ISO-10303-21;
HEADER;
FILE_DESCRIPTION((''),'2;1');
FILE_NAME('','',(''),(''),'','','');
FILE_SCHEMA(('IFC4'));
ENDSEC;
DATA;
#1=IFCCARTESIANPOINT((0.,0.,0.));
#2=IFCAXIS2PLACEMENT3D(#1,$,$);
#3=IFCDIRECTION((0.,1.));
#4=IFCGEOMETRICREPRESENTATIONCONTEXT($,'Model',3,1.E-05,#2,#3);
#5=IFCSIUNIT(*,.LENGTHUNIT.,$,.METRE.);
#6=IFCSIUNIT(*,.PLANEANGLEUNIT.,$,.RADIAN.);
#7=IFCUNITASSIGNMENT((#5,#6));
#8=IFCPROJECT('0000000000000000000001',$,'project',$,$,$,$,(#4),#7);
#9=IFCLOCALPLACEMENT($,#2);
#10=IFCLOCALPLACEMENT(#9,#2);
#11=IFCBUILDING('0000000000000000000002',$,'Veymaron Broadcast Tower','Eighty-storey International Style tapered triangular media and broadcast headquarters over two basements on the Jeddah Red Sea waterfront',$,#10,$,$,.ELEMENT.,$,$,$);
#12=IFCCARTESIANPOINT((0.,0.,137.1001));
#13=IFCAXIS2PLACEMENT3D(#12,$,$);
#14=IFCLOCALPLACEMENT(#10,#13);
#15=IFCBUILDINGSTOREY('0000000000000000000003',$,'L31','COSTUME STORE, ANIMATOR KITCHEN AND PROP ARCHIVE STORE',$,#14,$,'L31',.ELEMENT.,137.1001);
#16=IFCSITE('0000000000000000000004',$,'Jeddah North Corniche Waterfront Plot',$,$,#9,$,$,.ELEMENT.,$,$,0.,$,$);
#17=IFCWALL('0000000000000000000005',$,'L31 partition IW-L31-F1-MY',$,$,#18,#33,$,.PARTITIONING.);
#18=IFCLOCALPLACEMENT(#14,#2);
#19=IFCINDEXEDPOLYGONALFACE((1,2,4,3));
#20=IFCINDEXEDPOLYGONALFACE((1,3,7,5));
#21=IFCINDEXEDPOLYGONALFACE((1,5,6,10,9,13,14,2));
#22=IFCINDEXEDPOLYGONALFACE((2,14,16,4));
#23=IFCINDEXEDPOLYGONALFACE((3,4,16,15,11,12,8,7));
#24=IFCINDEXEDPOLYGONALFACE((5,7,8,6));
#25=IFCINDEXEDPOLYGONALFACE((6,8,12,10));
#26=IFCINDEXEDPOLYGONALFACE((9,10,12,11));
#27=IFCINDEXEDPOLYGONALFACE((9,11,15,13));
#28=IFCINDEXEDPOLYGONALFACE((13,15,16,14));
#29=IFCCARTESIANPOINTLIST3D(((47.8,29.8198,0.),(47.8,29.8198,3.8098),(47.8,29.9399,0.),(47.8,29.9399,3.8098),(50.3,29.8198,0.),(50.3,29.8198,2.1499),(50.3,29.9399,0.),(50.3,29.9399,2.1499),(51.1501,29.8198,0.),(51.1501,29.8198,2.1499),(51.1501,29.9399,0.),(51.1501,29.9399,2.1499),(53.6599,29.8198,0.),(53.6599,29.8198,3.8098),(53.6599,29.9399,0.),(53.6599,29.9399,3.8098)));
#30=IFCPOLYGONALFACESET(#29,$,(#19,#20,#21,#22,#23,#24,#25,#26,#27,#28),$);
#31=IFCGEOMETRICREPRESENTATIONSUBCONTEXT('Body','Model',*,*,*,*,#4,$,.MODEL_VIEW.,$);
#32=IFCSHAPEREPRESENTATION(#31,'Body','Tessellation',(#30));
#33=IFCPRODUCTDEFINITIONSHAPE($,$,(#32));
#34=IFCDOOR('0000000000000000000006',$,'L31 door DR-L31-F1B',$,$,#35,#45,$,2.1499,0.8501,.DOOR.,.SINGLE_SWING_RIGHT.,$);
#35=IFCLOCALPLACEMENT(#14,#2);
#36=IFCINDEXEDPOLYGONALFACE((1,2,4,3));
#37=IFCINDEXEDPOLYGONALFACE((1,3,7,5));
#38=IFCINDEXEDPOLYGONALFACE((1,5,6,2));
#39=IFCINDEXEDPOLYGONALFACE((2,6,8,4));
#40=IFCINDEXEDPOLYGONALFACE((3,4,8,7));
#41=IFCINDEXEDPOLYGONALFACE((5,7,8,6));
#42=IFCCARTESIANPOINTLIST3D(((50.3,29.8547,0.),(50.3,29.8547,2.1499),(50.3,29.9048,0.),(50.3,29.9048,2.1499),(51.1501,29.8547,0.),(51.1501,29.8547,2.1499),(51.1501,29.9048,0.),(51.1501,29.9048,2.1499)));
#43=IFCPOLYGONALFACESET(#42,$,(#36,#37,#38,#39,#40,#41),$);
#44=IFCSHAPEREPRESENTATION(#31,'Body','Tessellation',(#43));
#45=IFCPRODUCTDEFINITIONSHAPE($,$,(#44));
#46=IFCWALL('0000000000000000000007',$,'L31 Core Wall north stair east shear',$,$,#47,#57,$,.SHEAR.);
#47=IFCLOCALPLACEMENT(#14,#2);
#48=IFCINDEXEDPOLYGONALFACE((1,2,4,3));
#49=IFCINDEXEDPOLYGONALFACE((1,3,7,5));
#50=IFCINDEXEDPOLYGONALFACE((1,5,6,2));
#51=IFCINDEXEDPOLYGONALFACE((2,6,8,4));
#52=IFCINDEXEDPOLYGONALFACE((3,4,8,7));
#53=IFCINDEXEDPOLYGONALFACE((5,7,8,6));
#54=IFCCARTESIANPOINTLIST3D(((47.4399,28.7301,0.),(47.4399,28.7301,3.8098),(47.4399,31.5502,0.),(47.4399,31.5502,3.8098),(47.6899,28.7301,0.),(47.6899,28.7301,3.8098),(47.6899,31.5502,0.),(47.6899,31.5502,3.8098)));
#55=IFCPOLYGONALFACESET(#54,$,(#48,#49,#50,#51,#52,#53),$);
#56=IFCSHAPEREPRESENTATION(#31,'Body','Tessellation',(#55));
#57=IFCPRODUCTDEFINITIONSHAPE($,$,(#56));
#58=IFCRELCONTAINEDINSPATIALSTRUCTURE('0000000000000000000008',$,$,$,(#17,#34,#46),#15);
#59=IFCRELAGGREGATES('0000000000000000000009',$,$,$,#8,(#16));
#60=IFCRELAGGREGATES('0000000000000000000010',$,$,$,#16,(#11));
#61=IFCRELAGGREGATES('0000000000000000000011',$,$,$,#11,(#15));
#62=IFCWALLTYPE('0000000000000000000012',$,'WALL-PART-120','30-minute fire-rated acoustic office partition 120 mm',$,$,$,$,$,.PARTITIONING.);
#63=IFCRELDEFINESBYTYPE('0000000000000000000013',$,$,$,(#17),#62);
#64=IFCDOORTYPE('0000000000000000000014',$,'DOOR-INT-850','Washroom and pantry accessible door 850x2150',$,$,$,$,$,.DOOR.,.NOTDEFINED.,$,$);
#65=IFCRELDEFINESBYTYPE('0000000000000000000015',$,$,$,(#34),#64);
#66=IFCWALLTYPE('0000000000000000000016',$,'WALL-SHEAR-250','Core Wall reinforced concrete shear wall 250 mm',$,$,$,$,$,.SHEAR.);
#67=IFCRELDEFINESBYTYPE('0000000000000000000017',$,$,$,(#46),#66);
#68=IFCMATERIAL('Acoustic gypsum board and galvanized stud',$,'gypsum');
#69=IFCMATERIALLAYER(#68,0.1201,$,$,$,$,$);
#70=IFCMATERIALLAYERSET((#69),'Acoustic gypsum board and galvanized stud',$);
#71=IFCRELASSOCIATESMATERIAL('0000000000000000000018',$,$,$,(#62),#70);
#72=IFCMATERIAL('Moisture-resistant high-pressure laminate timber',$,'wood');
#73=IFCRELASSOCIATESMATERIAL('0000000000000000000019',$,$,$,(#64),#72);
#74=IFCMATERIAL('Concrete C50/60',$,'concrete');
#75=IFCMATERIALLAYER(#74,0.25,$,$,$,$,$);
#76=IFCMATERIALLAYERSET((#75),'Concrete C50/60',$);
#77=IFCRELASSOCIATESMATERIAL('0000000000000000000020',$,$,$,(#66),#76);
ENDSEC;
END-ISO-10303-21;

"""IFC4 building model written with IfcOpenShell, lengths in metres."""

from ifc_helpers import new_model, si_unit, direction, frame, frame_2d, origin, place, context, subcontext, project, spatial, rectangle, extrude, material, layer, layer_set, type_object, element, fill, save


model = new_model("IFC4")

# Units and contexts
model_context = context("Model", 3, precision=1e-05, world=origin(), true_north=direction((0.0, 1.0)))
body_context = subcontext(model_context, "Body", "Model", "MODEL_VIEW")
ifc_project = project(units=[si_unit("LENGTHUNIT", "METRE"), si_unit("PLANEANGLEUNIT", "RADIAN")], contexts=[model_context])

# Site, building, storey
site_placement = place(None, origin())
site = spatial("IfcSite", under=ifc_project, at=site_placement, Name="Jeddah North Corniche Waterfront Plot", CompositionType="ELEMENT", RefElevation=0.0)
building_placement = place(site_placement, origin())
building = spatial("IfcBuilding", under=site, at=building_placement, Name="Veymaron Broadcast Tower", Description="Eighty-storey International Style tapered triangular media and broadcast headquarters over two basements on the Jeddah Red Sea waterfront", CompositionType="ELEMENT")
storey_placement = place(building_placement, frame((0.0, 0.0, 137.1001)))
storey = spatial("IfcBuildingStorey", under=building, at=storey_placement, Name="L31", Description="COSTUME STORE, ANIMATOR KITCHEN AND PROP ARCHIVE STORE", LongName="L31", CompositionType="ELEMENT", Elevation=137.1001)

# Wall, opening, door
ifc_material_1 = material(Name="Acoustic gypsum board and galvanized stud", Category="gypsum")
ifc_layer_1 = layer(ifc_material_1, 0.1201)
ifc_layer_set_1 = layer_set([ifc_layer_1], Name="Acoustic gypsum board and galvanized stud")
wall_type_1 = type_object("IfcWallType", Name="WALL-PART-120", Description="30-minute fire-rated acoustic office partition 120 mm", PredefinedType="PARTITIONING", material=ifc_layer_set_1)
ifc_material_2 = material(Name="Moisture-resistant high-pressure laminate timber", Category="wood")
door_type_1 = type_object("IfcDoorType", Name="DOOR-INT-850", Description="Washroom and pantry accessible door 850x2150", OperationType="NOTDEFINED", PredefinedType="DOOR", material=ifc_material_2)
wall_1_placement = place(storey_placement, frame((47.8, 29.8799, 0.0), z_axis=(0.0, 0.0, 1.0), x_axis=(1.0, 0.0, 0.0)))
wall_1 = element("IfcWall", 1, at=wall_1_placement, inside=storey, type_object=wall_type_1, Name="L31 partition IW-L31-F1-MY", PredefinedType="PARTITIONING", context=body_context, shape_type="SweptSolid", body=[
    extrude(rectangle(XDim=5.8599, YDim=0.1201, at=frame_2d((2.9299, 0.0))), origin(), (0.0, 0.0, 1.0), 3.8098),
])
opening_1_placement = place(wall_1_placement, frame((2.5, 0.0, 0.0)))
opening_1 = element("IfcOpeningElement", 2, at=opening_1_placement, cuts=wall_1, PredefinedType="OPENING", context=body_context, shape_type="SweptSolid", body=[
    extrude(rectangle(XDim=0.8501, YDim=2.1499, at=frame_2d((0.425, 1.075))), frame((0.0, 0.0701, 0.0), z_axis=(0.0, -1.0, 0.0), x_axis=(1.0, 0.0, 0.0)), (0.0, 0.0, 1.0), 0.1401),
])
door_1_placement = place(opening_1_placement, origin())
door_1 = element("IfcDoor", 3, at=door_1_placement, inside=storey, type_object=door_type_1, Name="L31 door DR-L31-F1B", OperationType="SINGLE_SWING_RIGHT", OverallHeight=2.1499, OverallWidth=0.8501, PredefinedType="DOOR", context=body_context, shape_type="SweptSolid", body=[
    extrude(rectangle(XDim=0.8501, YDim=2.1499, at=frame_2d((0.425, 1.075))), frame((0.0, 0.0249, 0.0), z_axis=(0.0, -1.0, 0.0), x_axis=(1.0, 0.0, 0.0)), (0.0, 0.0, 1.0), 0.05),
])
fill(opening_1, door_1)

# Wall
ifc_material_3 = material(Name="Concrete C50/60", Category="concrete")
ifc_layer_2 = layer(ifc_material_3, 0.25)
ifc_layer_set_2 = layer_set([ifc_layer_2], Name="Concrete C50/60")
wall_type_2 = type_object("IfcWallType", Name="WALL-SHEAR-250", Description="Core Wall reinforced concrete shear wall 250 mm", PredefinedType="SHEAR", material=ifc_layer_set_2)
wall_2_placement = place(storey_placement, frame((47.5649, 28.73, 0.0), z_axis=(0.0, 0.0, 1.0), x_axis=(0.0, 1.0, 0.0)))
element("IfcWall", 4, at=wall_2_placement, inside=storey, type_object=wall_type_2, Name="L31 Core Wall north stair east shear", PredefinedType="SHEAR", context=body_context, shape_type="SweptSolid", body=[
    extrude(rectangle(XDim=2.8201, YDim=0.25, at=frame_2d((1.4102, 0.0))), origin(), (0.0, 0.0, 1.0), 3.8098),
])

save(model, "model.ifc")
